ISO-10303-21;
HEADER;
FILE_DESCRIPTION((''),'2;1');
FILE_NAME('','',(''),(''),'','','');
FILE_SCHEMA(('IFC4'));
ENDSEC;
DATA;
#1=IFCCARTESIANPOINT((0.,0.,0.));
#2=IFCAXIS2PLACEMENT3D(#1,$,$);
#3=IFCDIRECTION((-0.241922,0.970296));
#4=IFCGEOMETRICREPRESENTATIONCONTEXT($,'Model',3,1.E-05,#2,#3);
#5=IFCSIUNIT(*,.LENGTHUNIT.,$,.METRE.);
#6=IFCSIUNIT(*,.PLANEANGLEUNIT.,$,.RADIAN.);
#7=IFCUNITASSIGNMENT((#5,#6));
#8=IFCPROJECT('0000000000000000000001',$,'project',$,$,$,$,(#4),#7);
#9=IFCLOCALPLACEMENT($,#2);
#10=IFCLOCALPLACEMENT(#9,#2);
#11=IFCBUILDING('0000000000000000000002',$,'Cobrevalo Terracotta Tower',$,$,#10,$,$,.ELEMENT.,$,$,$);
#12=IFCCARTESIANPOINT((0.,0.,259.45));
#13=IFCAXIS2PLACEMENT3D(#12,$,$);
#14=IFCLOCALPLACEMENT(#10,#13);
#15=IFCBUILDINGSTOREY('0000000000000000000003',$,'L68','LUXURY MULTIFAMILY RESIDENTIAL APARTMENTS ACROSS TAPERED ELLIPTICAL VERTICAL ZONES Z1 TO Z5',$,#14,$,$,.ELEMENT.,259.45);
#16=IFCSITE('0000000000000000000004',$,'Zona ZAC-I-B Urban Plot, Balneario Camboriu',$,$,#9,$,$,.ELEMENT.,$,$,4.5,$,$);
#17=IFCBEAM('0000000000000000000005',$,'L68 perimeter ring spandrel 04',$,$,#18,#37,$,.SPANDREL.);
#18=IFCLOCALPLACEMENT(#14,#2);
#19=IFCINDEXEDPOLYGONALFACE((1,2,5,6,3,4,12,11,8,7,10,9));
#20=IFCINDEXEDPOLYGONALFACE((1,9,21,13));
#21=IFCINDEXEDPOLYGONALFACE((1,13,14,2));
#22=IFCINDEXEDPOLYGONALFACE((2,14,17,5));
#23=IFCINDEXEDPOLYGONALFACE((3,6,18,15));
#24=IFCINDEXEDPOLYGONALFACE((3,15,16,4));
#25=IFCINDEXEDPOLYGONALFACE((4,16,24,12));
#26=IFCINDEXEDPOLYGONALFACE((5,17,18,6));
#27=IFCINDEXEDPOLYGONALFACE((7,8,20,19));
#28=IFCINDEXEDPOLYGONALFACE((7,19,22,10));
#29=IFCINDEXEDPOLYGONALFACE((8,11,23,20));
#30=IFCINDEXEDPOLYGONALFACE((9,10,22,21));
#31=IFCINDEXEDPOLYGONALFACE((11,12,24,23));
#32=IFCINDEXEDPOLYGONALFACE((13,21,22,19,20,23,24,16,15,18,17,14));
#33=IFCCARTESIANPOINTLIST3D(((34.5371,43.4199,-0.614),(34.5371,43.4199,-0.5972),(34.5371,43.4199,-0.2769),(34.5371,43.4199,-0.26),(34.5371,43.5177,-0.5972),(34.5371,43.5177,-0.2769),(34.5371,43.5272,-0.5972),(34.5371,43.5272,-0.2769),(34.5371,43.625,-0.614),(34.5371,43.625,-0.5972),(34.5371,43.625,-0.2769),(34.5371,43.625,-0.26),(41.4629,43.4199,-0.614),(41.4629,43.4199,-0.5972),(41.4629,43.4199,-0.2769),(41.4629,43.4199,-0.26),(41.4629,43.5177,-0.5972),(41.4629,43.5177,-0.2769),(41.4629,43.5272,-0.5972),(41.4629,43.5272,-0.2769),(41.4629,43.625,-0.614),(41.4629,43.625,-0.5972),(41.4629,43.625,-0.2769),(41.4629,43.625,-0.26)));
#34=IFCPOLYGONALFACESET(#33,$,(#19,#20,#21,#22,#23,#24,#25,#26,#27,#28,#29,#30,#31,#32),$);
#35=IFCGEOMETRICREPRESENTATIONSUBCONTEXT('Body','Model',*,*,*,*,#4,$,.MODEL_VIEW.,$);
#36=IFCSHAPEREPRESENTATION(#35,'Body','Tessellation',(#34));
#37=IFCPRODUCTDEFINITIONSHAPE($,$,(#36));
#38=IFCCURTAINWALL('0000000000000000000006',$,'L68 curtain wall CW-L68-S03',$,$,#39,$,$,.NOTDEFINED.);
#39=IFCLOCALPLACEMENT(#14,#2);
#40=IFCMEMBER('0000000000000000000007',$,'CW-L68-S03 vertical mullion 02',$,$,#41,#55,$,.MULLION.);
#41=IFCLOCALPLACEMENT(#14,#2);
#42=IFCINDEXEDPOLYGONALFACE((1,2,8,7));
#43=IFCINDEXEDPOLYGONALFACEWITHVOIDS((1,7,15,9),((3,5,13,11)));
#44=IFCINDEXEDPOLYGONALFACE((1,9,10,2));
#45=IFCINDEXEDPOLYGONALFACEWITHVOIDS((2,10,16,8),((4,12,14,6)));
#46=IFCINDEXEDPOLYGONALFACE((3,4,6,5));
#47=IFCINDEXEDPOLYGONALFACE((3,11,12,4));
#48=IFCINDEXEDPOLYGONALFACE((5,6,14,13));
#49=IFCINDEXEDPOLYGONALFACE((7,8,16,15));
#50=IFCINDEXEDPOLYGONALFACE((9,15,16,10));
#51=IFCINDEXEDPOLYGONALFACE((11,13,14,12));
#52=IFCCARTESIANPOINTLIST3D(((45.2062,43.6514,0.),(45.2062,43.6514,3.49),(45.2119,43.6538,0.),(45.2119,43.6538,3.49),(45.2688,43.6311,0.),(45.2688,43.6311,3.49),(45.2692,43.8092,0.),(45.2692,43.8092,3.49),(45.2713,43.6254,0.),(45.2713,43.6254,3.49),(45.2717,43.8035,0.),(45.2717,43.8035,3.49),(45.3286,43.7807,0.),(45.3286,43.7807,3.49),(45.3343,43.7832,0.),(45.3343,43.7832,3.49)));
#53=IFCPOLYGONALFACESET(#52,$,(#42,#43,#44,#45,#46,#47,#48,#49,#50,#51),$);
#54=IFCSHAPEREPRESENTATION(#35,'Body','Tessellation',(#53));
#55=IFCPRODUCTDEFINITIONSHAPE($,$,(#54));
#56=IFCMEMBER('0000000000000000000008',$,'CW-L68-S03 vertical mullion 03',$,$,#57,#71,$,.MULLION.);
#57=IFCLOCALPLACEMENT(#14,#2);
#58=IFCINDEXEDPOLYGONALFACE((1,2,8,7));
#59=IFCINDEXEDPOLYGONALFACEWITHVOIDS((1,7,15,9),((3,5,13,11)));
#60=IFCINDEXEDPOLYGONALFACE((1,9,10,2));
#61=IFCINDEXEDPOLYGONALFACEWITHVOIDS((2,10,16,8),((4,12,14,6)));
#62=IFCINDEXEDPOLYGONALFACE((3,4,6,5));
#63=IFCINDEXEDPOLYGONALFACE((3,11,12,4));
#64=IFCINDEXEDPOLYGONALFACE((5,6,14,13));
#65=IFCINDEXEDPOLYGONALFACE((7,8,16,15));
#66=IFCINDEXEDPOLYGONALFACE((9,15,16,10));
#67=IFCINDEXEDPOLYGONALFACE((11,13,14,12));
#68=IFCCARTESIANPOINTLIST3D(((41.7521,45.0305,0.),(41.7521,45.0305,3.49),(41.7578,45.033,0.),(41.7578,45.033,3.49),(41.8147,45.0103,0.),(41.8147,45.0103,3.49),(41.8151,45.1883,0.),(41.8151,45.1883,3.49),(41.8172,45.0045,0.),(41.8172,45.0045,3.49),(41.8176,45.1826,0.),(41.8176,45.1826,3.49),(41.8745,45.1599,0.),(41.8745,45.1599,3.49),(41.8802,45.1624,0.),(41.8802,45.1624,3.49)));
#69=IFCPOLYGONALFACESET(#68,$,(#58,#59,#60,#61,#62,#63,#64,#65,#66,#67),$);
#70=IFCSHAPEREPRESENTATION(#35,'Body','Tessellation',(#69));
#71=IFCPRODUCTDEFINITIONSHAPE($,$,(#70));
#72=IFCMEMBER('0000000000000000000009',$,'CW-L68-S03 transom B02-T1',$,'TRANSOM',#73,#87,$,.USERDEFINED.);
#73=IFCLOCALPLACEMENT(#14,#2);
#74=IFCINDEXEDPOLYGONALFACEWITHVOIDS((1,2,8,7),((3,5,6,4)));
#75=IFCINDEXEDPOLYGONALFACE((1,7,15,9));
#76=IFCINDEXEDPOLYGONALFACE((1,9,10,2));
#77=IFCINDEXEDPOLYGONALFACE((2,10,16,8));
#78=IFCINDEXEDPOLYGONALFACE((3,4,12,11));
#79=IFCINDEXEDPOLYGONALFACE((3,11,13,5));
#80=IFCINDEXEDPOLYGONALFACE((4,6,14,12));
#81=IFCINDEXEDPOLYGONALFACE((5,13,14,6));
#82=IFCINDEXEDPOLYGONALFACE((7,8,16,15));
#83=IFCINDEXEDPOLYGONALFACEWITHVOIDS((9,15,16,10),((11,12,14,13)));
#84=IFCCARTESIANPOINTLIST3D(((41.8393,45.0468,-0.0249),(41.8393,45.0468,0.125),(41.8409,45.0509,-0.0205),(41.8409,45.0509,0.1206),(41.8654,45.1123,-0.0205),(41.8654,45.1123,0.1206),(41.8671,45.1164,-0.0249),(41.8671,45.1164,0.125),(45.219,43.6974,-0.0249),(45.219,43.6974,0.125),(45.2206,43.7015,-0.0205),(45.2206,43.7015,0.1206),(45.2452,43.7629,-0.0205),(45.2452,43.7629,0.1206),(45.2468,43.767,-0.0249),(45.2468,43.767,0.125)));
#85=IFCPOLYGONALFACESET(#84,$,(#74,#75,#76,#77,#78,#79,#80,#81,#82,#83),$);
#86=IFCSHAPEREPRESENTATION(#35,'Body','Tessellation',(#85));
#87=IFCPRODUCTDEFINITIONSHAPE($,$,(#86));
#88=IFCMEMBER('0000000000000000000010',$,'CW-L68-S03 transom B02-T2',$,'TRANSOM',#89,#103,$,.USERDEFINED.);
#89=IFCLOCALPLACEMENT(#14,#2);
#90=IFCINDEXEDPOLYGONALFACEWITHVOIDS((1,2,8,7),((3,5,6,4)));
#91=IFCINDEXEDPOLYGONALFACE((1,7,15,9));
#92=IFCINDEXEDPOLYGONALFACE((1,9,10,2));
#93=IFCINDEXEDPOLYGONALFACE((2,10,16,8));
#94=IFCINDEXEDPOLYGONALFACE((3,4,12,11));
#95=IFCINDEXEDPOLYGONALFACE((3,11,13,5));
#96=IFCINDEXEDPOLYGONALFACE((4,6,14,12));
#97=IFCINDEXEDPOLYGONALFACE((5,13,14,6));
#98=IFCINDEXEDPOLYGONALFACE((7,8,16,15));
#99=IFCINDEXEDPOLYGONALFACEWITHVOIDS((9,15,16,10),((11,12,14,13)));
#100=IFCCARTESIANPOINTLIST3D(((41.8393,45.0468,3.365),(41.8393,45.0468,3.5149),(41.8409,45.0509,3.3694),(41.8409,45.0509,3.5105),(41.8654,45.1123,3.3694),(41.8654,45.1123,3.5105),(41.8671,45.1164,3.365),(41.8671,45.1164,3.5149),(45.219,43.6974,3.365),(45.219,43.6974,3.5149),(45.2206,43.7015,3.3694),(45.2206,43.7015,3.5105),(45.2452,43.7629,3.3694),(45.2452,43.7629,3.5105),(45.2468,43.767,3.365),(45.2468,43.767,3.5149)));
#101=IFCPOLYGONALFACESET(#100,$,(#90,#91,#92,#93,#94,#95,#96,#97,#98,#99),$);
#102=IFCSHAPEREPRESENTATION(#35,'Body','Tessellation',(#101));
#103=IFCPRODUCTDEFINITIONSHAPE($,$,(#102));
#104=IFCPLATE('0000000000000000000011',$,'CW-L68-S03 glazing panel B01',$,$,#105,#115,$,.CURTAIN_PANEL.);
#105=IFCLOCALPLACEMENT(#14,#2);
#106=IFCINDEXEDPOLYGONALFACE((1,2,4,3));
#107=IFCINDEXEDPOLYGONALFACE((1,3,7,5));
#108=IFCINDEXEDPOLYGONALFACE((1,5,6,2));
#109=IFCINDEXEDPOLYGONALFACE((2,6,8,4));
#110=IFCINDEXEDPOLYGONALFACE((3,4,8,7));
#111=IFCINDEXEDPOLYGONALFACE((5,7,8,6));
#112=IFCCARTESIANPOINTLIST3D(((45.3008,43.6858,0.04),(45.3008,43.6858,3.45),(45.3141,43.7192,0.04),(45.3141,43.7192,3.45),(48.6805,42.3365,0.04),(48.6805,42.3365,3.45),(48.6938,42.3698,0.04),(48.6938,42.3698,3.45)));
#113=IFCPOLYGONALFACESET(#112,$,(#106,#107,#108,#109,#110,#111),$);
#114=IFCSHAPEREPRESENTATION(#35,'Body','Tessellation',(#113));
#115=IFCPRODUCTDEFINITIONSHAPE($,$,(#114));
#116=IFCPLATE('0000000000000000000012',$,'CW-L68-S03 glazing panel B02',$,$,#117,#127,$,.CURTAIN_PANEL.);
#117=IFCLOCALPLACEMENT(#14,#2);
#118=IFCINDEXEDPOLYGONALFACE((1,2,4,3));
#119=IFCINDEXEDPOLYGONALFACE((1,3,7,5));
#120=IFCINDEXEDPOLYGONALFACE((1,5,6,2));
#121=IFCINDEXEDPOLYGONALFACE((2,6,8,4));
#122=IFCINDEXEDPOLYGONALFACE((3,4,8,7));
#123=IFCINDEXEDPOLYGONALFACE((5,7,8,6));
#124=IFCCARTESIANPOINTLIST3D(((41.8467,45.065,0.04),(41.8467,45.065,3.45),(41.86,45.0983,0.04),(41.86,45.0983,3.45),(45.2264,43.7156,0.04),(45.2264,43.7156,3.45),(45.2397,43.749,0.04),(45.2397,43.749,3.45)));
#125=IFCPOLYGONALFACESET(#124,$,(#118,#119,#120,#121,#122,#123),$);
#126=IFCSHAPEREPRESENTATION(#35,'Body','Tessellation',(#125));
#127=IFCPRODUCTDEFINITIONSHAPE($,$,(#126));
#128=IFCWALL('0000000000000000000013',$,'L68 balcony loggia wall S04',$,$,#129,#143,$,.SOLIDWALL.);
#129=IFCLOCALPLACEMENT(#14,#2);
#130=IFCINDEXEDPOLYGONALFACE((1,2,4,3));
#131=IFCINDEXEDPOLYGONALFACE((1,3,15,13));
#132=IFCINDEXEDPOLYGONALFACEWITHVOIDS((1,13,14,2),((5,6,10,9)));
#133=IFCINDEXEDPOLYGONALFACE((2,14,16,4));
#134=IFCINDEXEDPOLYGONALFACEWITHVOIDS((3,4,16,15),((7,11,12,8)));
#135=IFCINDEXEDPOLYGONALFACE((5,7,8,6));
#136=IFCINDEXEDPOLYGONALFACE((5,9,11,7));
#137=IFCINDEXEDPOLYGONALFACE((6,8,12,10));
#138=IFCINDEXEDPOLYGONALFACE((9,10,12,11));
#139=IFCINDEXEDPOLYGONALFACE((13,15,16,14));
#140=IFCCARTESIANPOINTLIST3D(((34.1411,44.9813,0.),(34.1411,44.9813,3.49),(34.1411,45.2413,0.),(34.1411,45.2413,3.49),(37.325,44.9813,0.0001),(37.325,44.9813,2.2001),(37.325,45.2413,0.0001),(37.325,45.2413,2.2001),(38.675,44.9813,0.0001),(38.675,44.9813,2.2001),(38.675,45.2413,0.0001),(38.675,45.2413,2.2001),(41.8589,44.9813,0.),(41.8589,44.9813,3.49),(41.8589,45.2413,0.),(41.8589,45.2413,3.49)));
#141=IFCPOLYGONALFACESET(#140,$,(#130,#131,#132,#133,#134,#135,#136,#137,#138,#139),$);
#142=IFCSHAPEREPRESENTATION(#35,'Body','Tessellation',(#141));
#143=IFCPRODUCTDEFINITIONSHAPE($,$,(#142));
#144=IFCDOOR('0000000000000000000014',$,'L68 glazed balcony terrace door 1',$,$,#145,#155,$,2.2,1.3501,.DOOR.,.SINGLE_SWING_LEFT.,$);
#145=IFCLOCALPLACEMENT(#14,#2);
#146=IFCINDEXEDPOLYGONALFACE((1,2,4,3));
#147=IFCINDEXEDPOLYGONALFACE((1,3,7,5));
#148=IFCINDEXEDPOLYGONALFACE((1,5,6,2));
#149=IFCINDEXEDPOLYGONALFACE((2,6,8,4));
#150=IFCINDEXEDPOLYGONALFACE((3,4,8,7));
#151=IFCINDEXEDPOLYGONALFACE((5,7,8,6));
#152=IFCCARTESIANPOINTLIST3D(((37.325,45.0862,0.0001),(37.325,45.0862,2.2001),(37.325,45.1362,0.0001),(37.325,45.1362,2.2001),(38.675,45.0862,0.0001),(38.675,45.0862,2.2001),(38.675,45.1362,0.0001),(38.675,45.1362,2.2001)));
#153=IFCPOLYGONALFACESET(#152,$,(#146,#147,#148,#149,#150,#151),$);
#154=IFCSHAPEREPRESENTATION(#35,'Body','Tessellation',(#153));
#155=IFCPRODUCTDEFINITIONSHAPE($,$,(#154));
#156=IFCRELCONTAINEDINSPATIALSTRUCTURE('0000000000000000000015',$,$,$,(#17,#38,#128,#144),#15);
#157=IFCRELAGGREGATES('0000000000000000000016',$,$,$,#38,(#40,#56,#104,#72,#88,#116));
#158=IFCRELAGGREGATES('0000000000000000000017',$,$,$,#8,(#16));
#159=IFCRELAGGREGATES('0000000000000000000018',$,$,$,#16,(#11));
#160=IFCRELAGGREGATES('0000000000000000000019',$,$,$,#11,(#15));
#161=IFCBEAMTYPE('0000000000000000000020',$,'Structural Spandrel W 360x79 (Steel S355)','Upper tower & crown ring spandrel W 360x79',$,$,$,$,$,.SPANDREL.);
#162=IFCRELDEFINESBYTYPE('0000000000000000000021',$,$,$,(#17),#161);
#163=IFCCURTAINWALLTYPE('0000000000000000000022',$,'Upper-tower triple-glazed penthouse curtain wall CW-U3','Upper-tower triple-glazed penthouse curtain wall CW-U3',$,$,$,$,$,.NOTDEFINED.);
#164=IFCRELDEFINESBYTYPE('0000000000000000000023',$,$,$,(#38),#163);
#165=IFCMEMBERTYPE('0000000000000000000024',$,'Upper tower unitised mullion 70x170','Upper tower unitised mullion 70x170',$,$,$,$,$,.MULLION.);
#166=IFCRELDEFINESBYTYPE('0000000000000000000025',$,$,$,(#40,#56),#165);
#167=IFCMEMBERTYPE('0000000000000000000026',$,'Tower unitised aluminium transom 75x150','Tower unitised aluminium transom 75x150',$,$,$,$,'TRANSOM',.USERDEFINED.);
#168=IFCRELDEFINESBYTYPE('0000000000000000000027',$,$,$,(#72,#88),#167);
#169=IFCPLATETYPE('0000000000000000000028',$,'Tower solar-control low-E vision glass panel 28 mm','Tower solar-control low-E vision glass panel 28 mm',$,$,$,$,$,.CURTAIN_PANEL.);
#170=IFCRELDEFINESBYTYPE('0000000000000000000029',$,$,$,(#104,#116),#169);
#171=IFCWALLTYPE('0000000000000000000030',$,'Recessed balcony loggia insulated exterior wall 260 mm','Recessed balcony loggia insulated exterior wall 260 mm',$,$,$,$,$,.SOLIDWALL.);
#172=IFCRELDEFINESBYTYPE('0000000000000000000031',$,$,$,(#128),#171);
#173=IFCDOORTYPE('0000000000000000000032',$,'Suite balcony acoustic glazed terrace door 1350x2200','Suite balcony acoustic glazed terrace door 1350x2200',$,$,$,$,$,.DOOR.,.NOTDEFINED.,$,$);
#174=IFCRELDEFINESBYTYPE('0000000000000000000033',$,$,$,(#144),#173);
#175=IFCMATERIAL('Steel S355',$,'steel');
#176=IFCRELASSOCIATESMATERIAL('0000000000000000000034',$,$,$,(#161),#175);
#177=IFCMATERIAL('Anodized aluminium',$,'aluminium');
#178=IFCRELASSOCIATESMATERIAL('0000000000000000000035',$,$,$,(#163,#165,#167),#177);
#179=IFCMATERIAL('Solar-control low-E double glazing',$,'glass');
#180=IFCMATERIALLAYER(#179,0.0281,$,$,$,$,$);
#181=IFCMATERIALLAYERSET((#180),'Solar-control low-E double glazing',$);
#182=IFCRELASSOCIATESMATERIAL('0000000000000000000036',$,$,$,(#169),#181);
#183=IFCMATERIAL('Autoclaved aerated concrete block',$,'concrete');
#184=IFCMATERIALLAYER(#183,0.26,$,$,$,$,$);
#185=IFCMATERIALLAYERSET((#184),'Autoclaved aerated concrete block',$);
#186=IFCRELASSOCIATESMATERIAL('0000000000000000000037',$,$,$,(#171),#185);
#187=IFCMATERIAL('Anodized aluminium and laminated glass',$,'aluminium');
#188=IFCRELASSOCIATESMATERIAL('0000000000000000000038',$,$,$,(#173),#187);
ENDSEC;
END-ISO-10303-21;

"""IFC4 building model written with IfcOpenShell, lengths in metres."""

from ifc_helpers import new_model, si_unit, direction, frame, frame_2d, origin, origin_2d, place, context, subcontext, project, spatial, rectangle, hollow_rectangle, i_section, extrude, source, transform, mapped, material, layer, layer_set, material_profile, profile_set, type_object, element, fill, aggregate, save


model = new_model("IFC4")

# Units and contexts
model_context = context("Model", 3, precision=1e-05, world=origin(), true_north=direction((-0.241922, 0.970296)))
body_context = subcontext(model_context, "Body", "Model", "MODEL_VIEW")
ifc_project = project(units=[si_unit("LENGTHUNIT", "METRE"), si_unit("PLANEANGLEUNIT", "RADIAN")], contexts=[model_context])

# Site, building, storey
site_placement = place(None, origin())
site = spatial("IfcSite", under=ifc_project, at=site_placement, Name="Zona ZAC-I-B Urban Plot, Balneario Camboriu", CompositionType="ELEMENT", RefElevation=4.5)
building_placement = place(site_placement, origin())
building = spatial("IfcBuilding", under=site, at=building_placement, Name="Cobrevalo Terracotta Tower", CompositionType="ELEMENT")
storey_placement = place(building_placement, frame((0.0, 0.0, 259.45)))
storey = spatial("IfcBuildingStorey", under=building, at=storey_placement, Name="L68", Description="LUXURY MULTIFAMILY RESIDENTIAL APARTMENTS ACROSS TAPERED ELLIPTICAL VERTICAL ZONES Z1 TO Z5", CompositionType="ELEMENT", Elevation=259.45)

# Shared definitions
ifc_material_1 = material(Name="Steel S355", Category="steel")

# Beam
ifc_material_profile_1 = material_profile(ifc_material_1, i_section(OverallWidth=0.2051, OverallDepth=0.354, WebThickness=0.0095, FlangeThickness=0.0168, at=origin_2d()), Name="W 360x79")
ifc_profile_set_1 = profile_set([ifc_material_profile_1], Name="Steel S355")
beam_type_1 = type_object("IfcBeamType", Name="Structural Spandrel W 360x79 (Steel S355)", Description="Upper tower & crown ring spandrel W 360x79", PredefinedType="SPANDREL", material=ifc_profile_set_1)
beam_1_placement = place(storey_placement, frame((41.4629, 43.5225, -0.437), z_axis=(-1.0, 0.0, 0.0), x_axis=(0.0, -1.0, 0.0)))
element("IfcBeam", 1, at=beam_1_placement, inside=storey, type_object=beam_type_1, Name="L68 perimeter ring spandrel 04", PredefinedType="SPANDREL", context=body_context, shape_type="SweptSolid", body=[
    extrude(i_section(OverallWidth=0.2051, OverallDepth=0.354, WebThickness=0.0095, FlangeThickness=0.0168, at=origin_2d()), origin(), (0.0, 0.0, 1.0), 6.9258),
])

# Curtain wall, members, plates
ifc_material_2 = material(Name="Anodized aluminium", Category="aluminium")
curtain_wall_type = type_object("IfcCurtainWallType", Name="Upper-tower triple-glazed penthouse curtain wall CW-U3", Description="Upper-tower triple-glazed penthouse curtain wall CW-U3", PredefinedType="NOTDEFINED", material=ifc_material_2)
curtain_wall_placement = place(storey_placement, origin())
curtain_wall = element("IfcCurtainWall", 2, at=curtain_wall_placement, inside=storey, type_object=curtain_wall_type, Name="L68 curtain wall CW-L68-S03", PredefinedType="NOTDEFINED")
ifc_material_profile_2 = material_profile(ifc_material_2, hollow_rectangle(XDim=0.0701, YDim=0.1699, WallThickness=0.0044, at=origin_2d()), Name="CWM 70x170")
ifc_profile_set_2 = profile_set([ifc_material_profile_2], Name="Anodized aluminium")
member_type_1 = type_object("IfcMemberType", Name="Upper tower unitised mullion 70x170", Description="Upper tower unitised mullion 70x170", PredefinedType="MULLION", material=ifc_profile_set_2)
shared_shape_1 = source(origin(), body_context, "Body", "SweptSolid", [
    extrude(hollow_rectangle(XDim=0.0701, YDim=0.1699, WallThickness=0.0044, at=origin_2d()), origin(), (0.0, 0.0, 1.0), 3.49),
])
member_1_placement = place(storey_placement, frame((45.2703, 43.7173, 0.0), z_axis=(0.0, 0.0, 1.0), x_axis=(-0.928719, 0.370784, 0.0)))
member_1 = element("IfcMember", 3, at=member_1_placement, type_object=member_type_1, Name="CW-L68-S03 vertical mullion 02", PredefinedType="MULLION", context=body_context, shape_type="MappedRepresentation", body=[
    mapped(shared_shape_1, transform((0.0, 0.0, 0.0), scale=1.0)),
])
member_2_placement = place(storey_placement, frame((41.8162, 45.0964, 0.0), z_axis=(0.0, 0.0, 1.0), x_axis=(-0.928719, 0.370784, 0.0)))
member_2 = element("IfcMember", 4, at=member_2_placement, type_object=member_type_1, Name="CW-L68-S03 vertical mullion 03", PredefinedType="MULLION", context=body_context, shape_type="MappedRepresentation", body=[
    mapped(shared_shape_1, transform((0.0, 0.0, 0.0), scale=1.0)),
])
ifc_material_profile_3 = material_profile(ifc_material_2, hollow_rectangle(XDim=0.075, YDim=0.1499, WallThickness=0.0044, at=origin_2d()), Name="CWT 75x150")
ifc_profile_set_3 = profile_set([ifc_material_profile_3], Name="Anodized aluminium")
member_type_2 = type_object("IfcMemberType", Name="Tower unitised aluminium transom 75x150", Description="Tower unitised aluminium transom 75x150", ElementType="TRANSOM", PredefinedType="USERDEFINED", material=ifc_profile_set_3)
shared_shape_2 = source(origin(), body_context, "Body", "SweptSolid", [
    extrude(hollow_rectangle(XDim=0.075, YDim=0.1499, WallThickness=0.0044, at=origin_2d()), origin(), (0.0, 0.0, 1.0), 3.6392),
])
member_3_placement = place(storey_placement, frame((45.2329, 43.7322, 0.05), z_axis=(-0.928712, 0.370801, 0.0), x_axis=(-0.370801, -0.928712, 0.0)))
member_3 = element("IfcMember", 5, at=member_3_placement, type_object=member_type_2, Name="CW-L68-S03 transom B02-T1", ObjectType="TRANSOM", PredefinedType="USERDEFINED", context=body_context, shape_type="MappedRepresentation", body=[
    mapped(shared_shape_2, transform((0.0, 0.0, 0.0), scale=1.0)),
])
member_4_placement = place(storey_placement, frame((45.2329, 43.7322, 3.4399), z_axis=(-0.928712, 0.370801, 0.0), x_axis=(-0.370801, -0.928712, 0.0)))
member_4 = element("IfcMember", 6, at=member_4_placement, type_object=member_type_2, Name="CW-L68-S03 transom B02-T2", ObjectType="TRANSOM", PredefinedType="USERDEFINED", context=body_context, shape_type="MappedRepresentation", body=[
    mapped(shared_shape_2, transform((0.0, 0.0, 0.0), scale=1.0)),
])
ifc_material_3 = material(Name="Solar-control low-E double glazing", Category="glass")
ifc_layer_1 = layer(ifc_material_3, 0.0281)
ifc_layer_set_1 = layer_set([ifc_layer_1], Name="Solar-control low-E double glazing")
plate_type = type_object("IfcPlateType", Name="Tower solar-control low-E vision glass panel 28 mm", Description="Tower solar-control low-E vision glass panel 28 mm", PredefinedType="CURTAIN_PANEL", material=ifc_layer_set_1)
shared_shape_3 = source(origin(), body_context, "Body", "SweptSolid", [
    extrude(rectangle(XDim=3.6392, YDim=0.0359, at=origin_2d()), origin(), (0.0, 0.0, 1.0), 3.4099),
])
plate_1_placement = place(storey_placement, frame((46.9973, 43.0278, 0.04), z_axis=(0.0, 0.0, 1.0), x_axis=(-0.928718, 0.370786, 0.0)))
plate_1 = element("IfcPlate", 7, at=plate_1_placement, type_object=plate_type, Name="CW-L68-S03 glazing panel B01", PredefinedType="CURTAIN_PANEL", context=body_context, shape_type="MappedRepresentation", body=[
    mapped(shared_shape_3, transform((0.0, 0.0, 0.0), scale=1.0)),
])
plate_2_placement = place(storey_placement, frame((43.5432, 44.407, 0.04), z_axis=(0.0, 0.0, 1.0), x_axis=(-0.928718, 0.370786, 0.0)))
plate_2 = element("IfcPlate", 8, at=plate_2_placement, type_object=plate_type, Name="CW-L68-S03 glazing panel B02", PredefinedType="CURTAIN_PANEL", context=body_context, shape_type="MappedRepresentation", body=[
    mapped(shared_shape_3, transform((0.0, 0.0, 0.0), scale=1.0)),
])
aggregate(curtain_wall, [member_1, member_2, plate_1, member_3, member_4, plate_2])

# Wall, opening, door
ifc_material_4 = material(Name="Autoclaved aerated concrete block", Category="concrete")
ifc_layer_2 = layer(ifc_material_4, 0.26)
ifc_layer_set_2 = layer_set([ifc_layer_2], Name="Autoclaved aerated concrete block")
wall_type_1 = type_object("IfcWallType", Name="Recessed balcony loggia insulated exterior wall 260 mm", Description="Recessed balcony loggia insulated exterior wall 260 mm", PredefinedType="SOLIDWALL", material=ifc_layer_set_2)
wall_1_placement = place(storey_placement, frame((41.8589, 45.1113, 0.0), z_axis=(0.0, 0.0, 1.0), x_axis=(-1.0, 0.0, 0.0)))
wall_1 = element("IfcWall", 9, at=wall_1_placement, inside=storey, type_object=wall_type_1, Name="L68 balcony loggia wall S04", PredefinedType="SOLIDWALL", context=body_context, shape_type="SweptSolid", body=[
    extrude(rectangle(XDim=7.7178, YDim=0.26, at=frame_2d((3.8589, 0.0))), origin(), (0.0, 0.0, 1.0), 3.49),
])
opening_1_placement = place(wall_1_placement, frame((3.1838, 0.0, 0.0)))
opening_1 = element("IfcOpeningElement", 10, at=opening_1_placement, cuts=wall_1, PredefinedType="OPENING", context=body_context, shape_type="SweptSolid", body=[
    extrude(rectangle(XDim=1.3501, YDim=2.2, at=frame_2d((0.675, 1.1001))), frame((0.0, 0.1401, 0.0), z_axis=(0.0, -1.0, 0.0), x_axis=(1.0, 0.0, 0.0)), (0.0, 0.0, 1.0), 0.28),
])
ifc_material_5 = material(Name="Anodized aluminium and laminated glass", Category="aluminium")
door_type_1 = type_object("IfcDoorType", Name="Suite balcony acoustic glazed terrace door 1350x2200", Description="Suite balcony acoustic glazed terrace door 1350x2200", OperationType="NOTDEFINED", PredefinedType="DOOR", material=ifc_material_5)
shared_shape_4 = source(origin(), body_context, "Body", "SweptSolid", [
    extrude(rectangle(XDim=1.3501, YDim=2.2, at=frame_2d((0.675, 1.1001))), frame((0.0, 0.0249, 0.0), z_axis=(0.0, -1.0, 0.0), x_axis=(1.0, 0.0, 0.0)), (0.0, 0.0, 1.0), 0.05),
])
door_1_placement = place(opening_1_placement, frame((1.3501, 0.0, 0.0), z_axis=(0.0, 0.0, 1.0), x_axis=(-1.0, 0.0, 0.0)))
door_1 = element("IfcDoor", 11, at=door_1_placement, inside=storey, type_object=door_type_1, Name="L68 glazed balcony terrace door 1", OperationType="SINGLE_SWING_LEFT", OverallHeight=2.2, OverallWidth=1.3501, PredefinedType="DOOR", context=body_context, shape_type="MappedRepresentation", body=[
    mapped(shared_shape_4, transform((0.0, 0.0, 0.0), scale=1.0)),
])
fill(opening_1, door_1)

save(model, "model.ifc")
